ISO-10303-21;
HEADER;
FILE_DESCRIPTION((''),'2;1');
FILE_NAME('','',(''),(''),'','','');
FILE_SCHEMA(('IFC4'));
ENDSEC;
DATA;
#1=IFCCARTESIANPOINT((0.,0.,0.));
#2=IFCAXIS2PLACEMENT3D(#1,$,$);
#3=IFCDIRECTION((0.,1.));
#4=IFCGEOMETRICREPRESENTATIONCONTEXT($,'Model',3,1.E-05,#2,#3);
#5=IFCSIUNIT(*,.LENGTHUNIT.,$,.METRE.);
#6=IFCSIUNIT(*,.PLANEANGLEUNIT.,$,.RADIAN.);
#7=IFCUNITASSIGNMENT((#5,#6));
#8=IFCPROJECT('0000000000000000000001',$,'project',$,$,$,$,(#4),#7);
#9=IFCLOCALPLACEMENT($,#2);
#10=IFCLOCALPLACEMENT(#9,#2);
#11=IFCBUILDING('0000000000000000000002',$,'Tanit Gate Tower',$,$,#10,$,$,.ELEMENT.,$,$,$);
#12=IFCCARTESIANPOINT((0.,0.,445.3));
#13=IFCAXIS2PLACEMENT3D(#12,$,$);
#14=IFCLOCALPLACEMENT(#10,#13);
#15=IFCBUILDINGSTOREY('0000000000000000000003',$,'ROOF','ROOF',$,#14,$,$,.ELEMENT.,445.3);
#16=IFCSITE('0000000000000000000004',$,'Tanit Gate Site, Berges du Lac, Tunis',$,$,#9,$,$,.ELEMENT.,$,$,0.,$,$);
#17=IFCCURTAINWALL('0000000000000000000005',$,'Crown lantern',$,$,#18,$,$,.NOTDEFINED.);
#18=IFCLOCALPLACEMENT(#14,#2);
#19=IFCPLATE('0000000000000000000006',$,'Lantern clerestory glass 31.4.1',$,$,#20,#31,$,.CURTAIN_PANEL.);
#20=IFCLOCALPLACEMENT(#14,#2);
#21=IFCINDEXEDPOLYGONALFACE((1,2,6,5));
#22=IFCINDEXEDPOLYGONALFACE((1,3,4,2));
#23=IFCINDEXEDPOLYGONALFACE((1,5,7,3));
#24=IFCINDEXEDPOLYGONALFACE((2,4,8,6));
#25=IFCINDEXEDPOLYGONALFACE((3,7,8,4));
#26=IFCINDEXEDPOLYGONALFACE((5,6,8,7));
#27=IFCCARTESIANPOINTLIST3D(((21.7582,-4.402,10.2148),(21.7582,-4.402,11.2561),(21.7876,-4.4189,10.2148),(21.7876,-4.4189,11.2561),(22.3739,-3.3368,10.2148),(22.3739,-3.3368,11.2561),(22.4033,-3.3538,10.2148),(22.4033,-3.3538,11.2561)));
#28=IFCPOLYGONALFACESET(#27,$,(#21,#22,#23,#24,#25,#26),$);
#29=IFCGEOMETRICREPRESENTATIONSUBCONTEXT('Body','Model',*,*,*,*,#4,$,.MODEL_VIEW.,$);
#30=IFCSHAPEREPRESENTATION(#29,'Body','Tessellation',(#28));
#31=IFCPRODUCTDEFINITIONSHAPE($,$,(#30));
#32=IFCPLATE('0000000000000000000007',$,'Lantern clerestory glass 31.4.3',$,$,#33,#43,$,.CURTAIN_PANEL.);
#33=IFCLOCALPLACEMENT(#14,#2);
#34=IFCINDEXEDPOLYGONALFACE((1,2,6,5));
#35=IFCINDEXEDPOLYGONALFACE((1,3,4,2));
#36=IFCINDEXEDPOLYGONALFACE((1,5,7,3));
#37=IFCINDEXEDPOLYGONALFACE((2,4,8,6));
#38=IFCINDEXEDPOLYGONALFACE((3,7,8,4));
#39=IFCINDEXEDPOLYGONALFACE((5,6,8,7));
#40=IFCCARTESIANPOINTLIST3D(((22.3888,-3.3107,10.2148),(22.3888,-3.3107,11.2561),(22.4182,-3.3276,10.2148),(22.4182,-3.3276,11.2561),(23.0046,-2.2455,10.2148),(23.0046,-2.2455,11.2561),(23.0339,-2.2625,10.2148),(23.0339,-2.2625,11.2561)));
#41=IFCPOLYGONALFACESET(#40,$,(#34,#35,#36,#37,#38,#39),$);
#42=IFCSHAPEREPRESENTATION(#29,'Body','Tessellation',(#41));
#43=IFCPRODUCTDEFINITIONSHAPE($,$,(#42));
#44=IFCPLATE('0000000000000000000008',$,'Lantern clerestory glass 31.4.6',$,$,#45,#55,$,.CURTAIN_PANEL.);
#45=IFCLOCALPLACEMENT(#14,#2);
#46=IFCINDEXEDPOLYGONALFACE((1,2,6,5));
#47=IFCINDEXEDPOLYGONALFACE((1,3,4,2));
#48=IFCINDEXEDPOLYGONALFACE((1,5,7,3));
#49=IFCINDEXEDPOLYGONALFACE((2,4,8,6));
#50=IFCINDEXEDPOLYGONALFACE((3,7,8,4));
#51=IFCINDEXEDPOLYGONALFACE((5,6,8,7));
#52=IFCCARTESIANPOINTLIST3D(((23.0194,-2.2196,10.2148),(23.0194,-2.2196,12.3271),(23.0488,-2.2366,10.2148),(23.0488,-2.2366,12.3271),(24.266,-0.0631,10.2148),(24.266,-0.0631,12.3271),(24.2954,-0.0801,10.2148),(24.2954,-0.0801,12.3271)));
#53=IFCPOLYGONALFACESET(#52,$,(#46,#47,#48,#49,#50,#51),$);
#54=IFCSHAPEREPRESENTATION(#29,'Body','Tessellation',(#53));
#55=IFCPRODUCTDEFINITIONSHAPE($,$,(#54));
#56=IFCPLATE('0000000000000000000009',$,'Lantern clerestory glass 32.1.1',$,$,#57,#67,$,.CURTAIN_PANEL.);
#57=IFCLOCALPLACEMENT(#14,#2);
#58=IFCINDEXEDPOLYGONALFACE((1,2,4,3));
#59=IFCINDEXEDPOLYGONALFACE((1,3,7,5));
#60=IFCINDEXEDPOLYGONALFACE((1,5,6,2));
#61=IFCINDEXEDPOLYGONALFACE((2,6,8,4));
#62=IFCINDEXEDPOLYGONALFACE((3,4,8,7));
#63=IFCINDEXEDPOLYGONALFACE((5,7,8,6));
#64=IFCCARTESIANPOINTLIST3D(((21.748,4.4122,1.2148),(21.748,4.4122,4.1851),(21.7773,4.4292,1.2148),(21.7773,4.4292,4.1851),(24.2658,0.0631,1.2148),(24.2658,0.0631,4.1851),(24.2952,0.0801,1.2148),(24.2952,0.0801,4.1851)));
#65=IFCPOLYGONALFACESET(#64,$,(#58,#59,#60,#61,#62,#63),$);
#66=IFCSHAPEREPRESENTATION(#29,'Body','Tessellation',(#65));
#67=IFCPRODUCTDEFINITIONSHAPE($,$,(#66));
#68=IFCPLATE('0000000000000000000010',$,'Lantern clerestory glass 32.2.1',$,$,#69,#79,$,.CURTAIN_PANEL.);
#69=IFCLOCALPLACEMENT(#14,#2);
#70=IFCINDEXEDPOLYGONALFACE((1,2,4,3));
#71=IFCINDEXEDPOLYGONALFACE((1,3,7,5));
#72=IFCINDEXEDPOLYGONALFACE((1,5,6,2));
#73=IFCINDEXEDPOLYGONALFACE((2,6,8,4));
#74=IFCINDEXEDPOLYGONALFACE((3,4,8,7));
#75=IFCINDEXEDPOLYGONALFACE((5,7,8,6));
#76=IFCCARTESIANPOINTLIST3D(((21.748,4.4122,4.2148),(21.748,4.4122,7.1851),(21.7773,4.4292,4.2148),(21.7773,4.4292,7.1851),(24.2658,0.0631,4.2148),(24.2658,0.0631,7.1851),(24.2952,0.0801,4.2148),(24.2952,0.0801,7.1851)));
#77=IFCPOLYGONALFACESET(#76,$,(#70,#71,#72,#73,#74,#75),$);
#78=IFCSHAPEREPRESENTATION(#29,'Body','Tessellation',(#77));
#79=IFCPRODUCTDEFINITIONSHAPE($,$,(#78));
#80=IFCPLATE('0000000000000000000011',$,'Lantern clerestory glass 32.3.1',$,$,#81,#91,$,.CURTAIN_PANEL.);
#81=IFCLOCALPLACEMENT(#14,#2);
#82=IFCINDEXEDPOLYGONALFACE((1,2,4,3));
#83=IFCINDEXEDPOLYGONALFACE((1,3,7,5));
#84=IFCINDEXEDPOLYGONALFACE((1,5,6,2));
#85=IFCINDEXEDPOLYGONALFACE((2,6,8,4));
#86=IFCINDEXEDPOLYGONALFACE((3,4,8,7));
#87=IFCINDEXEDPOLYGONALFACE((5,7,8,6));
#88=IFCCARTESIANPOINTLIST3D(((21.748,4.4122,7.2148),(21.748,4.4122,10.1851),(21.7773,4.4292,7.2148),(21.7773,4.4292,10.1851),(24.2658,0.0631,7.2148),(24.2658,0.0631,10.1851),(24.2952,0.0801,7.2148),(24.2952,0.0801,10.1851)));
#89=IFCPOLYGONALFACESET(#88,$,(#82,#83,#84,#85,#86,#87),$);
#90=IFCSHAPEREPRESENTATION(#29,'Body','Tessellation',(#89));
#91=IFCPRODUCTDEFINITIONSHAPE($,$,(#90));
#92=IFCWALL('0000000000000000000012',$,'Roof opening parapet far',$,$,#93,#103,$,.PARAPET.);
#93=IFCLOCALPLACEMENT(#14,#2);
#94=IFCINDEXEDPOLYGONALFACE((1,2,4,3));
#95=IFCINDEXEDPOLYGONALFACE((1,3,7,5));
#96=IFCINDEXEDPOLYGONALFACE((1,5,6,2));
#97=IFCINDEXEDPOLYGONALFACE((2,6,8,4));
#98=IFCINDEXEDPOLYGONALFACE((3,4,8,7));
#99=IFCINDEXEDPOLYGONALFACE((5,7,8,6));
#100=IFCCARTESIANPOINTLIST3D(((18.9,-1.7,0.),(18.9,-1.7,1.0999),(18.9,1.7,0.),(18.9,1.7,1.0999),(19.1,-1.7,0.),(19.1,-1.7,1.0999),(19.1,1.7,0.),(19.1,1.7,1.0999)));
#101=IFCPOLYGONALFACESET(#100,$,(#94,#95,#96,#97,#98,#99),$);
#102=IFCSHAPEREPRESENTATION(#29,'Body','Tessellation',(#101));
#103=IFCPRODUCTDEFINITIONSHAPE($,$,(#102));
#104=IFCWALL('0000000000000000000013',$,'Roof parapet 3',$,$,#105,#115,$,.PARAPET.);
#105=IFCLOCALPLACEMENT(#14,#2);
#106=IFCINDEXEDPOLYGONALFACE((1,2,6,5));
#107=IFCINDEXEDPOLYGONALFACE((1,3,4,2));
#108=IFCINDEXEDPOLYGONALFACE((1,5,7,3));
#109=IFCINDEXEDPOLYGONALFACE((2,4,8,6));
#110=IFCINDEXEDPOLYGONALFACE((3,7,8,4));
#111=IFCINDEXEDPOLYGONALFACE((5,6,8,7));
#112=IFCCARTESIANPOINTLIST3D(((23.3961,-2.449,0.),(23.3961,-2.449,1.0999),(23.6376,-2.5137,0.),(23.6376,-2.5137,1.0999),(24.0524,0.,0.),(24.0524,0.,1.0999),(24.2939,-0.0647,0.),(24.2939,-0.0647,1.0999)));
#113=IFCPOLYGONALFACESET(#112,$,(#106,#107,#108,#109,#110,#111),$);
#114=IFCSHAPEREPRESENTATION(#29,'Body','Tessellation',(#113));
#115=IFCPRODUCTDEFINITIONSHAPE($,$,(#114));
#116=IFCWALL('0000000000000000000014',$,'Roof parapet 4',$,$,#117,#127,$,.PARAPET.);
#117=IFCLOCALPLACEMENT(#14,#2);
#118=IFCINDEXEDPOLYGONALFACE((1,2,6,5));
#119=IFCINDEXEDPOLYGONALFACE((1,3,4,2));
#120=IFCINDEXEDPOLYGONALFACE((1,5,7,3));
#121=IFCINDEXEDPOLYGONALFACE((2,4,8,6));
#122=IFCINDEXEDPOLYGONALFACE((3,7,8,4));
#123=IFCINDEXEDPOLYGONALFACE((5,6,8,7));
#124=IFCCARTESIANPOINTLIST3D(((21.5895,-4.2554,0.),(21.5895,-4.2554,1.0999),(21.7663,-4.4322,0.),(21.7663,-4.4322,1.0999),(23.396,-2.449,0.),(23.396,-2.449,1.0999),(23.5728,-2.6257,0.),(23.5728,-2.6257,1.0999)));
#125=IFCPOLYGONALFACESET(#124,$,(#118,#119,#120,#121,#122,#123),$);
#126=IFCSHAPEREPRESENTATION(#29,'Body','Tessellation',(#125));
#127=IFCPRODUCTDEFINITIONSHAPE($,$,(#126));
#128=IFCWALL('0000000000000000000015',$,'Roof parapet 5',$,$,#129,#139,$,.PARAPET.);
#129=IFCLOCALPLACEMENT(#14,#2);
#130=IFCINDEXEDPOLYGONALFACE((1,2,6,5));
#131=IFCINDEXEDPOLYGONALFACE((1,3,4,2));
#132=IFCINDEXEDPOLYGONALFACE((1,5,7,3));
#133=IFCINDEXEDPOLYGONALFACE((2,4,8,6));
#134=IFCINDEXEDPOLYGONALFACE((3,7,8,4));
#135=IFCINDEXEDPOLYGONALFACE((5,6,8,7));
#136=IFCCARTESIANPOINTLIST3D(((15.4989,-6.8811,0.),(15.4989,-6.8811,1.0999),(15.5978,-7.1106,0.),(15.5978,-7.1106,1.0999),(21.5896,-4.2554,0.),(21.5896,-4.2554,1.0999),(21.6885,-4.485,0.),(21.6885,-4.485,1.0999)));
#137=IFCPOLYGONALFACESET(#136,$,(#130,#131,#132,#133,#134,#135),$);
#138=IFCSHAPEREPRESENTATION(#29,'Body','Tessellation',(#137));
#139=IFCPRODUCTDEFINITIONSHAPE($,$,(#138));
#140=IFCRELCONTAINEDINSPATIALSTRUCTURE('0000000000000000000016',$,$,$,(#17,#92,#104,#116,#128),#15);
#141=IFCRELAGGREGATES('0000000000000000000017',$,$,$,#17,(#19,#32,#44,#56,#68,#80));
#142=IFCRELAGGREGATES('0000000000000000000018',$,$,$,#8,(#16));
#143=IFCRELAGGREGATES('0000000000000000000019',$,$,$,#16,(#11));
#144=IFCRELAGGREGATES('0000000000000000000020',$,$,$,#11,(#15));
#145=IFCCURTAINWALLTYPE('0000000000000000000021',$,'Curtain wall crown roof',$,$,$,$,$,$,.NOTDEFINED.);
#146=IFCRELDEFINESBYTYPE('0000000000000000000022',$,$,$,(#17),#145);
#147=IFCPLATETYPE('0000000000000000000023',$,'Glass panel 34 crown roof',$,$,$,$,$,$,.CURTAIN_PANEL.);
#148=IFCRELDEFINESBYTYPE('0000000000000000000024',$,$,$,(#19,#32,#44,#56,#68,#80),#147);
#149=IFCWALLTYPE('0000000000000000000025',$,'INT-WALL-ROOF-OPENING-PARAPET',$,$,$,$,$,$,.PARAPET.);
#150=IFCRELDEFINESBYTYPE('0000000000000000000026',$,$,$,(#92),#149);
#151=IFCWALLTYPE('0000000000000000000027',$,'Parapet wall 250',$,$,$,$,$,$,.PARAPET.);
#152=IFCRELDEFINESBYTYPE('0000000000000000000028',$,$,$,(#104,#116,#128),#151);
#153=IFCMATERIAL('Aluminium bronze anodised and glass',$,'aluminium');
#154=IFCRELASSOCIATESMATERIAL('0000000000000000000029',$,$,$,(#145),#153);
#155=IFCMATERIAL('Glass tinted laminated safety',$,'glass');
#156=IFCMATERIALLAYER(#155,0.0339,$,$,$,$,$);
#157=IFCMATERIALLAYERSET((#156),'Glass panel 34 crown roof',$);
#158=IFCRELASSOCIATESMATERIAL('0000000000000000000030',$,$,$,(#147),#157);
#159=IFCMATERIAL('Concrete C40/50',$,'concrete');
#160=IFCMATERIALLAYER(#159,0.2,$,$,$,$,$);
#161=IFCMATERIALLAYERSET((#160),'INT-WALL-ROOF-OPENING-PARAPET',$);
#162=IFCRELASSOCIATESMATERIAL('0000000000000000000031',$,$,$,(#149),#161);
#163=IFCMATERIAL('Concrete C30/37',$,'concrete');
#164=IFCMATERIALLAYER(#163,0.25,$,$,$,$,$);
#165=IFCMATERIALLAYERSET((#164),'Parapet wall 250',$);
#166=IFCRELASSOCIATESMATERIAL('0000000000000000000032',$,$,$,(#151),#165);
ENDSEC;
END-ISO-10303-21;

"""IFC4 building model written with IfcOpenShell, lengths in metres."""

from ifc_helpers import new_model, si_unit, direction, frame, frame_2d, origin, place, context, subcontext, project, spatial, polyline, rectangle, outline, extrude, material, layer, layer_set, type_object, element, aggregate, save


model = new_model("IFC4")

# Units and contexts
model_context = context("Model", 3, precision=1e-05, world=origin(), true_north=direction((0.0, 1.0)))
body_context = subcontext(model_context, "Body", "Model", "MODEL_VIEW")
ifc_project = project(units=[si_unit("LENGTHUNIT", "METRE"), si_unit("PLANEANGLEUNIT", "RADIAN")], contexts=[model_context])

# Site, building, storey
site_placement = place(None, origin())
site = spatial("IfcSite", under=ifc_project, at=site_placement, Name="Tanit Gate Site, Berges du Lac, Tunis", CompositionType="ELEMENT", RefElevation=0.0)
building_placement = place(site_placement, origin())
building = spatial("IfcBuilding", under=site, at=building_placement, Name="Tanit Gate Tower", CompositionType="ELEMENT")
storey_placement = place(building_placement, frame((0.0, 0.0, 445.3)))
storey = spatial("IfcBuildingStorey", under=building, at=storey_placement, Name="ROOF", Description="ROOF", CompositionType="ELEMENT", Elevation=445.3)

# Curtain wall, plates
ifc_material_1 = material(Name="Aluminium bronze anodised and glass", Category="aluminium")
curtain_wall_type = type_object("IfcCurtainWallType", Name="Curtain wall crown roof", PredefinedType="NOTDEFINED", material=ifc_material_1)
curtain_wall_placement = place(storey_placement, origin())
curtain_wall = element("IfcCurtainWall", 1, at=curtain_wall_placement, inside=storey, type_object=curtain_wall_type, Name="Crown lantern", PredefinedType="NOTDEFINED")
ifc_material_2 = material(Name="Glass tinted laminated safety", Category="glass")
ifc_layer_1 = layer(ifc_material_2, 0.0339)
ifc_layer_set_1 = layer_set([ifc_layer_1], Name="Glass panel 34 crown roof")
plate_type = type_object("IfcPlateType", Name="Glass panel 34 crown roof", PredefinedType="CURTAIN_PANEL", material=ifc_layer_set_1)
plate_1_placement = place(storey_placement, frame((21.7876, -4.4189, 10.2148), z_axis=(0.865766, -0.50045, 0.0), x_axis=(0.50045, 0.865766, 0.0)))
plate_1 = element("IfcPlate", 2, at=plate_1_placement, type_object=plate_type, Name="Lantern clerestory glass 31.4.1", PredefinedType="CURTAIN_PANEL", context=body_context, shape_type="SweptSolid", body=[
    extrude(outline(polyline([(0.0, 0.0), (1.2303, 0.0), (1.2303, 1.0413), (0.0, 1.0413), (0.0, 0.0)])), origin(), (0.0, 0.0, -1.0), 0.0339),
])
plate_2_placement = place(storey_placement, frame((22.4182, -3.3276, 10.2148), z_axis=(0.865766, -0.50045, 0.0), x_axis=(0.50045, 0.865766, 0.0)))
plate_2 = element("IfcPlate", 3, at=plate_2_placement, type_object=plate_type, Name="Lantern clerestory glass 31.4.3", PredefinedType="CURTAIN_PANEL", context=body_context, shape_type="SweptSolid", body=[
    extrude(outline(polyline([(0.0, 0.0), (1.2303, 0.0), (1.2303, 1.0413), (0.0, 1.0413), (0.0, 0.0)])), origin(), (0.0, 0.0, -1.0), 0.0339),
])
plate_3_placement = place(storey_placement, frame((23.0488, -2.2366, 10.2148), z_axis=(0.865759, -0.50046, 0.0), x_axis=(0.50046, 0.865759, 0.0)))
plate_3 = element("IfcPlate", 4, at=plate_3_placement, type_object=plate_type, Name="Lantern clerestory glass 31.4.6", PredefinedType="CURTAIN_PANEL", context=body_context, shape_type="SweptSolid", body=[
    extrude(outline(polyline([(0.0, 0.0), (2.4909, 0.0), (2.4909, 2.1123), (0.0, 2.1123), (0.0, 0.0)])), origin(), (0.0, 0.0, -1.0), 0.0339),
])
plate_4_placement = place(storey_placement, frame((24.2952, 0.0801, 1.2148), z_axis=(0.865434, 0.501023, 0.0), x_axis=(-0.501023, 0.865434, 0.0)))
plate_4 = element("IfcPlate", 5, at=plate_4_placement, type_object=plate_type, Name="Lantern clerestory glass 32.1.1", PredefinedType="CURTAIN_PANEL", context=body_context, shape_type="SweptSolid", body=[
    extrude(outline(polyline([(0.0, 0.0), (5.0254, 0.0), (5.0254, 2.9702), (0.0, 2.9702), (0.0, 0.0)])), origin(), (0.0, 0.0, -1.0), 0.0339),
])
plate_5_placement = place(storey_placement, frame((24.2952, 0.0801, 4.2148), z_axis=(0.865434, 0.501023, 0.0), x_axis=(-0.501023, 0.865434, 0.0)))
plate_5 = element("IfcPlate", 6, at=plate_5_placement, type_object=plate_type, Name="Lantern clerestory glass 32.2.1", PredefinedType="CURTAIN_PANEL", context=body_context, shape_type="SweptSolid", body=[
    extrude(outline(polyline([(0.0, 0.0), (5.0254, 0.0), (5.0254, 2.9702), (0.0, 2.9702), (0.0, 0.0)])), origin(), (0.0, 0.0, -1.0), 0.0339),
])
plate_6_placement = place(storey_placement, frame((24.2952, 0.0801, 7.2148), z_axis=(0.865434, 0.501023, 0.0), x_axis=(-0.501023, 0.865434, 0.0)))
plate_6 = element("IfcPlate", 7, at=plate_6_placement, type_object=plate_type, Name="Lantern clerestory glass 32.3.1", PredefinedType="CURTAIN_PANEL", context=body_context, shape_type="SweptSolid", body=[
    extrude(outline(polyline([(0.0, 0.0), (5.0254, 0.0), (5.0254, 2.9702), (0.0, 2.9702), (0.0, 0.0)])), origin(), (0.0, 0.0, -1.0), 0.0339),
])
aggregate(curtain_wall, [plate_1, plate_2, plate_3, plate_4, plate_5, plate_6])

# Walls
ifc_material_3 = material(Name="Concrete C40/50", Category="concrete")
ifc_layer_2 = layer(ifc_material_3, 0.2)
ifc_layer_set_2 = layer_set([ifc_layer_2], Name="INT-WALL-ROOF-OPENING-PARAPET")
wall_type_1 = type_object("IfcWallType", Name="INT-WALL-ROOF-OPENING-PARAPET", PredefinedType="PARAPET", material=ifc_layer_set_2)
wall_1_placement = place(storey_placement, frame((19.0, -1.7, 0.0), z_axis=(0.0, 0.0, 1.0), x_axis=(0.0, 1.0, 0.0)))
element("IfcWall", 8, at=wall_1_placement, inside=storey, type_object=wall_type_1, Name="Roof opening parapet far", PredefinedType="PARAPET", context=body_context, shape_type="SweptSolid", body=[
    extrude(rectangle(XDim=3.3999, YDim=0.2, at=frame_2d((1.7, 0.0))), origin(), (0.0, 0.0, 1.0), 1.0999),
])
ifc_material_4 = material(Name="Concrete C30/37", Category="concrete")
ifc_layer_3 = layer(ifc_material_4, 0.25)
ifc_layer_set_3 = layer_set([ifc_layer_3], Name="Parapet wall 250")
wall_type_2 = type_object("IfcWallType", Name="Parapet wall 250", PredefinedType="PARAPET", material=ifc_layer_set_3)
wall_2_placement = place(storey_placement, frame((24.1731, -0.0325, 0.0), z_axis=(0.0, 0.0, 1.0), x_axis=(-0.258837, -0.965921, 0.0)))
element("IfcWall", 9, at=wall_2_placement, inside=storey, type_object=wall_type_2, Name="Roof parapet 3", PredefinedType="PARAPET", context=body_context, shape_type="SweptSolid", body=[
    extrude(rectangle(XDim=2.5354, YDim=0.25, at=frame_2d((1.2676, 0.0))), origin(), (0.0, 0.0, 1.0), 1.0999),
])
wall_3_placement = place(storey_placement, frame((23.4844, -2.5374, 0.0), z_axis=(0.0, 0.0, 1.0), x_axis=(-0.707107, -0.707107, 0.0)))
element("IfcWall", 10, at=wall_3_placement, inside=storey, type_object=wall_type_2, Name="Roof parapet 4", PredefinedType="PARAPET", context=body_context, shape_type="SweptSolid", body=[
    extrude(rectangle(XDim=2.5547, YDim=0.25, at=frame_2d((1.2773, 0.0))), origin(), (0.0, 0.0, 1.0), 1.0999),
])
wall_4_placement = place(storey_placement, frame((21.6392, -4.3701, 0.0), z_axis=(0.0, 0.0, 1.0), x_axis=(-0.918303, -0.395878, 0.0)))
element("IfcWall", 11, at=wall_4_placement, inside=storey, type_object=wall_type_2, Name="Roof parapet 5", PredefinedType="PARAPET", context=body_context, shape_type="SweptSolid", body=[
    extrude(rectangle(XDim=6.6326, YDim=0.25, at=frame_2d((3.3164, 0.0))), origin(), (0.0, 0.0, 1.0), 1.0999),
])

save(model, "model.ifc")
